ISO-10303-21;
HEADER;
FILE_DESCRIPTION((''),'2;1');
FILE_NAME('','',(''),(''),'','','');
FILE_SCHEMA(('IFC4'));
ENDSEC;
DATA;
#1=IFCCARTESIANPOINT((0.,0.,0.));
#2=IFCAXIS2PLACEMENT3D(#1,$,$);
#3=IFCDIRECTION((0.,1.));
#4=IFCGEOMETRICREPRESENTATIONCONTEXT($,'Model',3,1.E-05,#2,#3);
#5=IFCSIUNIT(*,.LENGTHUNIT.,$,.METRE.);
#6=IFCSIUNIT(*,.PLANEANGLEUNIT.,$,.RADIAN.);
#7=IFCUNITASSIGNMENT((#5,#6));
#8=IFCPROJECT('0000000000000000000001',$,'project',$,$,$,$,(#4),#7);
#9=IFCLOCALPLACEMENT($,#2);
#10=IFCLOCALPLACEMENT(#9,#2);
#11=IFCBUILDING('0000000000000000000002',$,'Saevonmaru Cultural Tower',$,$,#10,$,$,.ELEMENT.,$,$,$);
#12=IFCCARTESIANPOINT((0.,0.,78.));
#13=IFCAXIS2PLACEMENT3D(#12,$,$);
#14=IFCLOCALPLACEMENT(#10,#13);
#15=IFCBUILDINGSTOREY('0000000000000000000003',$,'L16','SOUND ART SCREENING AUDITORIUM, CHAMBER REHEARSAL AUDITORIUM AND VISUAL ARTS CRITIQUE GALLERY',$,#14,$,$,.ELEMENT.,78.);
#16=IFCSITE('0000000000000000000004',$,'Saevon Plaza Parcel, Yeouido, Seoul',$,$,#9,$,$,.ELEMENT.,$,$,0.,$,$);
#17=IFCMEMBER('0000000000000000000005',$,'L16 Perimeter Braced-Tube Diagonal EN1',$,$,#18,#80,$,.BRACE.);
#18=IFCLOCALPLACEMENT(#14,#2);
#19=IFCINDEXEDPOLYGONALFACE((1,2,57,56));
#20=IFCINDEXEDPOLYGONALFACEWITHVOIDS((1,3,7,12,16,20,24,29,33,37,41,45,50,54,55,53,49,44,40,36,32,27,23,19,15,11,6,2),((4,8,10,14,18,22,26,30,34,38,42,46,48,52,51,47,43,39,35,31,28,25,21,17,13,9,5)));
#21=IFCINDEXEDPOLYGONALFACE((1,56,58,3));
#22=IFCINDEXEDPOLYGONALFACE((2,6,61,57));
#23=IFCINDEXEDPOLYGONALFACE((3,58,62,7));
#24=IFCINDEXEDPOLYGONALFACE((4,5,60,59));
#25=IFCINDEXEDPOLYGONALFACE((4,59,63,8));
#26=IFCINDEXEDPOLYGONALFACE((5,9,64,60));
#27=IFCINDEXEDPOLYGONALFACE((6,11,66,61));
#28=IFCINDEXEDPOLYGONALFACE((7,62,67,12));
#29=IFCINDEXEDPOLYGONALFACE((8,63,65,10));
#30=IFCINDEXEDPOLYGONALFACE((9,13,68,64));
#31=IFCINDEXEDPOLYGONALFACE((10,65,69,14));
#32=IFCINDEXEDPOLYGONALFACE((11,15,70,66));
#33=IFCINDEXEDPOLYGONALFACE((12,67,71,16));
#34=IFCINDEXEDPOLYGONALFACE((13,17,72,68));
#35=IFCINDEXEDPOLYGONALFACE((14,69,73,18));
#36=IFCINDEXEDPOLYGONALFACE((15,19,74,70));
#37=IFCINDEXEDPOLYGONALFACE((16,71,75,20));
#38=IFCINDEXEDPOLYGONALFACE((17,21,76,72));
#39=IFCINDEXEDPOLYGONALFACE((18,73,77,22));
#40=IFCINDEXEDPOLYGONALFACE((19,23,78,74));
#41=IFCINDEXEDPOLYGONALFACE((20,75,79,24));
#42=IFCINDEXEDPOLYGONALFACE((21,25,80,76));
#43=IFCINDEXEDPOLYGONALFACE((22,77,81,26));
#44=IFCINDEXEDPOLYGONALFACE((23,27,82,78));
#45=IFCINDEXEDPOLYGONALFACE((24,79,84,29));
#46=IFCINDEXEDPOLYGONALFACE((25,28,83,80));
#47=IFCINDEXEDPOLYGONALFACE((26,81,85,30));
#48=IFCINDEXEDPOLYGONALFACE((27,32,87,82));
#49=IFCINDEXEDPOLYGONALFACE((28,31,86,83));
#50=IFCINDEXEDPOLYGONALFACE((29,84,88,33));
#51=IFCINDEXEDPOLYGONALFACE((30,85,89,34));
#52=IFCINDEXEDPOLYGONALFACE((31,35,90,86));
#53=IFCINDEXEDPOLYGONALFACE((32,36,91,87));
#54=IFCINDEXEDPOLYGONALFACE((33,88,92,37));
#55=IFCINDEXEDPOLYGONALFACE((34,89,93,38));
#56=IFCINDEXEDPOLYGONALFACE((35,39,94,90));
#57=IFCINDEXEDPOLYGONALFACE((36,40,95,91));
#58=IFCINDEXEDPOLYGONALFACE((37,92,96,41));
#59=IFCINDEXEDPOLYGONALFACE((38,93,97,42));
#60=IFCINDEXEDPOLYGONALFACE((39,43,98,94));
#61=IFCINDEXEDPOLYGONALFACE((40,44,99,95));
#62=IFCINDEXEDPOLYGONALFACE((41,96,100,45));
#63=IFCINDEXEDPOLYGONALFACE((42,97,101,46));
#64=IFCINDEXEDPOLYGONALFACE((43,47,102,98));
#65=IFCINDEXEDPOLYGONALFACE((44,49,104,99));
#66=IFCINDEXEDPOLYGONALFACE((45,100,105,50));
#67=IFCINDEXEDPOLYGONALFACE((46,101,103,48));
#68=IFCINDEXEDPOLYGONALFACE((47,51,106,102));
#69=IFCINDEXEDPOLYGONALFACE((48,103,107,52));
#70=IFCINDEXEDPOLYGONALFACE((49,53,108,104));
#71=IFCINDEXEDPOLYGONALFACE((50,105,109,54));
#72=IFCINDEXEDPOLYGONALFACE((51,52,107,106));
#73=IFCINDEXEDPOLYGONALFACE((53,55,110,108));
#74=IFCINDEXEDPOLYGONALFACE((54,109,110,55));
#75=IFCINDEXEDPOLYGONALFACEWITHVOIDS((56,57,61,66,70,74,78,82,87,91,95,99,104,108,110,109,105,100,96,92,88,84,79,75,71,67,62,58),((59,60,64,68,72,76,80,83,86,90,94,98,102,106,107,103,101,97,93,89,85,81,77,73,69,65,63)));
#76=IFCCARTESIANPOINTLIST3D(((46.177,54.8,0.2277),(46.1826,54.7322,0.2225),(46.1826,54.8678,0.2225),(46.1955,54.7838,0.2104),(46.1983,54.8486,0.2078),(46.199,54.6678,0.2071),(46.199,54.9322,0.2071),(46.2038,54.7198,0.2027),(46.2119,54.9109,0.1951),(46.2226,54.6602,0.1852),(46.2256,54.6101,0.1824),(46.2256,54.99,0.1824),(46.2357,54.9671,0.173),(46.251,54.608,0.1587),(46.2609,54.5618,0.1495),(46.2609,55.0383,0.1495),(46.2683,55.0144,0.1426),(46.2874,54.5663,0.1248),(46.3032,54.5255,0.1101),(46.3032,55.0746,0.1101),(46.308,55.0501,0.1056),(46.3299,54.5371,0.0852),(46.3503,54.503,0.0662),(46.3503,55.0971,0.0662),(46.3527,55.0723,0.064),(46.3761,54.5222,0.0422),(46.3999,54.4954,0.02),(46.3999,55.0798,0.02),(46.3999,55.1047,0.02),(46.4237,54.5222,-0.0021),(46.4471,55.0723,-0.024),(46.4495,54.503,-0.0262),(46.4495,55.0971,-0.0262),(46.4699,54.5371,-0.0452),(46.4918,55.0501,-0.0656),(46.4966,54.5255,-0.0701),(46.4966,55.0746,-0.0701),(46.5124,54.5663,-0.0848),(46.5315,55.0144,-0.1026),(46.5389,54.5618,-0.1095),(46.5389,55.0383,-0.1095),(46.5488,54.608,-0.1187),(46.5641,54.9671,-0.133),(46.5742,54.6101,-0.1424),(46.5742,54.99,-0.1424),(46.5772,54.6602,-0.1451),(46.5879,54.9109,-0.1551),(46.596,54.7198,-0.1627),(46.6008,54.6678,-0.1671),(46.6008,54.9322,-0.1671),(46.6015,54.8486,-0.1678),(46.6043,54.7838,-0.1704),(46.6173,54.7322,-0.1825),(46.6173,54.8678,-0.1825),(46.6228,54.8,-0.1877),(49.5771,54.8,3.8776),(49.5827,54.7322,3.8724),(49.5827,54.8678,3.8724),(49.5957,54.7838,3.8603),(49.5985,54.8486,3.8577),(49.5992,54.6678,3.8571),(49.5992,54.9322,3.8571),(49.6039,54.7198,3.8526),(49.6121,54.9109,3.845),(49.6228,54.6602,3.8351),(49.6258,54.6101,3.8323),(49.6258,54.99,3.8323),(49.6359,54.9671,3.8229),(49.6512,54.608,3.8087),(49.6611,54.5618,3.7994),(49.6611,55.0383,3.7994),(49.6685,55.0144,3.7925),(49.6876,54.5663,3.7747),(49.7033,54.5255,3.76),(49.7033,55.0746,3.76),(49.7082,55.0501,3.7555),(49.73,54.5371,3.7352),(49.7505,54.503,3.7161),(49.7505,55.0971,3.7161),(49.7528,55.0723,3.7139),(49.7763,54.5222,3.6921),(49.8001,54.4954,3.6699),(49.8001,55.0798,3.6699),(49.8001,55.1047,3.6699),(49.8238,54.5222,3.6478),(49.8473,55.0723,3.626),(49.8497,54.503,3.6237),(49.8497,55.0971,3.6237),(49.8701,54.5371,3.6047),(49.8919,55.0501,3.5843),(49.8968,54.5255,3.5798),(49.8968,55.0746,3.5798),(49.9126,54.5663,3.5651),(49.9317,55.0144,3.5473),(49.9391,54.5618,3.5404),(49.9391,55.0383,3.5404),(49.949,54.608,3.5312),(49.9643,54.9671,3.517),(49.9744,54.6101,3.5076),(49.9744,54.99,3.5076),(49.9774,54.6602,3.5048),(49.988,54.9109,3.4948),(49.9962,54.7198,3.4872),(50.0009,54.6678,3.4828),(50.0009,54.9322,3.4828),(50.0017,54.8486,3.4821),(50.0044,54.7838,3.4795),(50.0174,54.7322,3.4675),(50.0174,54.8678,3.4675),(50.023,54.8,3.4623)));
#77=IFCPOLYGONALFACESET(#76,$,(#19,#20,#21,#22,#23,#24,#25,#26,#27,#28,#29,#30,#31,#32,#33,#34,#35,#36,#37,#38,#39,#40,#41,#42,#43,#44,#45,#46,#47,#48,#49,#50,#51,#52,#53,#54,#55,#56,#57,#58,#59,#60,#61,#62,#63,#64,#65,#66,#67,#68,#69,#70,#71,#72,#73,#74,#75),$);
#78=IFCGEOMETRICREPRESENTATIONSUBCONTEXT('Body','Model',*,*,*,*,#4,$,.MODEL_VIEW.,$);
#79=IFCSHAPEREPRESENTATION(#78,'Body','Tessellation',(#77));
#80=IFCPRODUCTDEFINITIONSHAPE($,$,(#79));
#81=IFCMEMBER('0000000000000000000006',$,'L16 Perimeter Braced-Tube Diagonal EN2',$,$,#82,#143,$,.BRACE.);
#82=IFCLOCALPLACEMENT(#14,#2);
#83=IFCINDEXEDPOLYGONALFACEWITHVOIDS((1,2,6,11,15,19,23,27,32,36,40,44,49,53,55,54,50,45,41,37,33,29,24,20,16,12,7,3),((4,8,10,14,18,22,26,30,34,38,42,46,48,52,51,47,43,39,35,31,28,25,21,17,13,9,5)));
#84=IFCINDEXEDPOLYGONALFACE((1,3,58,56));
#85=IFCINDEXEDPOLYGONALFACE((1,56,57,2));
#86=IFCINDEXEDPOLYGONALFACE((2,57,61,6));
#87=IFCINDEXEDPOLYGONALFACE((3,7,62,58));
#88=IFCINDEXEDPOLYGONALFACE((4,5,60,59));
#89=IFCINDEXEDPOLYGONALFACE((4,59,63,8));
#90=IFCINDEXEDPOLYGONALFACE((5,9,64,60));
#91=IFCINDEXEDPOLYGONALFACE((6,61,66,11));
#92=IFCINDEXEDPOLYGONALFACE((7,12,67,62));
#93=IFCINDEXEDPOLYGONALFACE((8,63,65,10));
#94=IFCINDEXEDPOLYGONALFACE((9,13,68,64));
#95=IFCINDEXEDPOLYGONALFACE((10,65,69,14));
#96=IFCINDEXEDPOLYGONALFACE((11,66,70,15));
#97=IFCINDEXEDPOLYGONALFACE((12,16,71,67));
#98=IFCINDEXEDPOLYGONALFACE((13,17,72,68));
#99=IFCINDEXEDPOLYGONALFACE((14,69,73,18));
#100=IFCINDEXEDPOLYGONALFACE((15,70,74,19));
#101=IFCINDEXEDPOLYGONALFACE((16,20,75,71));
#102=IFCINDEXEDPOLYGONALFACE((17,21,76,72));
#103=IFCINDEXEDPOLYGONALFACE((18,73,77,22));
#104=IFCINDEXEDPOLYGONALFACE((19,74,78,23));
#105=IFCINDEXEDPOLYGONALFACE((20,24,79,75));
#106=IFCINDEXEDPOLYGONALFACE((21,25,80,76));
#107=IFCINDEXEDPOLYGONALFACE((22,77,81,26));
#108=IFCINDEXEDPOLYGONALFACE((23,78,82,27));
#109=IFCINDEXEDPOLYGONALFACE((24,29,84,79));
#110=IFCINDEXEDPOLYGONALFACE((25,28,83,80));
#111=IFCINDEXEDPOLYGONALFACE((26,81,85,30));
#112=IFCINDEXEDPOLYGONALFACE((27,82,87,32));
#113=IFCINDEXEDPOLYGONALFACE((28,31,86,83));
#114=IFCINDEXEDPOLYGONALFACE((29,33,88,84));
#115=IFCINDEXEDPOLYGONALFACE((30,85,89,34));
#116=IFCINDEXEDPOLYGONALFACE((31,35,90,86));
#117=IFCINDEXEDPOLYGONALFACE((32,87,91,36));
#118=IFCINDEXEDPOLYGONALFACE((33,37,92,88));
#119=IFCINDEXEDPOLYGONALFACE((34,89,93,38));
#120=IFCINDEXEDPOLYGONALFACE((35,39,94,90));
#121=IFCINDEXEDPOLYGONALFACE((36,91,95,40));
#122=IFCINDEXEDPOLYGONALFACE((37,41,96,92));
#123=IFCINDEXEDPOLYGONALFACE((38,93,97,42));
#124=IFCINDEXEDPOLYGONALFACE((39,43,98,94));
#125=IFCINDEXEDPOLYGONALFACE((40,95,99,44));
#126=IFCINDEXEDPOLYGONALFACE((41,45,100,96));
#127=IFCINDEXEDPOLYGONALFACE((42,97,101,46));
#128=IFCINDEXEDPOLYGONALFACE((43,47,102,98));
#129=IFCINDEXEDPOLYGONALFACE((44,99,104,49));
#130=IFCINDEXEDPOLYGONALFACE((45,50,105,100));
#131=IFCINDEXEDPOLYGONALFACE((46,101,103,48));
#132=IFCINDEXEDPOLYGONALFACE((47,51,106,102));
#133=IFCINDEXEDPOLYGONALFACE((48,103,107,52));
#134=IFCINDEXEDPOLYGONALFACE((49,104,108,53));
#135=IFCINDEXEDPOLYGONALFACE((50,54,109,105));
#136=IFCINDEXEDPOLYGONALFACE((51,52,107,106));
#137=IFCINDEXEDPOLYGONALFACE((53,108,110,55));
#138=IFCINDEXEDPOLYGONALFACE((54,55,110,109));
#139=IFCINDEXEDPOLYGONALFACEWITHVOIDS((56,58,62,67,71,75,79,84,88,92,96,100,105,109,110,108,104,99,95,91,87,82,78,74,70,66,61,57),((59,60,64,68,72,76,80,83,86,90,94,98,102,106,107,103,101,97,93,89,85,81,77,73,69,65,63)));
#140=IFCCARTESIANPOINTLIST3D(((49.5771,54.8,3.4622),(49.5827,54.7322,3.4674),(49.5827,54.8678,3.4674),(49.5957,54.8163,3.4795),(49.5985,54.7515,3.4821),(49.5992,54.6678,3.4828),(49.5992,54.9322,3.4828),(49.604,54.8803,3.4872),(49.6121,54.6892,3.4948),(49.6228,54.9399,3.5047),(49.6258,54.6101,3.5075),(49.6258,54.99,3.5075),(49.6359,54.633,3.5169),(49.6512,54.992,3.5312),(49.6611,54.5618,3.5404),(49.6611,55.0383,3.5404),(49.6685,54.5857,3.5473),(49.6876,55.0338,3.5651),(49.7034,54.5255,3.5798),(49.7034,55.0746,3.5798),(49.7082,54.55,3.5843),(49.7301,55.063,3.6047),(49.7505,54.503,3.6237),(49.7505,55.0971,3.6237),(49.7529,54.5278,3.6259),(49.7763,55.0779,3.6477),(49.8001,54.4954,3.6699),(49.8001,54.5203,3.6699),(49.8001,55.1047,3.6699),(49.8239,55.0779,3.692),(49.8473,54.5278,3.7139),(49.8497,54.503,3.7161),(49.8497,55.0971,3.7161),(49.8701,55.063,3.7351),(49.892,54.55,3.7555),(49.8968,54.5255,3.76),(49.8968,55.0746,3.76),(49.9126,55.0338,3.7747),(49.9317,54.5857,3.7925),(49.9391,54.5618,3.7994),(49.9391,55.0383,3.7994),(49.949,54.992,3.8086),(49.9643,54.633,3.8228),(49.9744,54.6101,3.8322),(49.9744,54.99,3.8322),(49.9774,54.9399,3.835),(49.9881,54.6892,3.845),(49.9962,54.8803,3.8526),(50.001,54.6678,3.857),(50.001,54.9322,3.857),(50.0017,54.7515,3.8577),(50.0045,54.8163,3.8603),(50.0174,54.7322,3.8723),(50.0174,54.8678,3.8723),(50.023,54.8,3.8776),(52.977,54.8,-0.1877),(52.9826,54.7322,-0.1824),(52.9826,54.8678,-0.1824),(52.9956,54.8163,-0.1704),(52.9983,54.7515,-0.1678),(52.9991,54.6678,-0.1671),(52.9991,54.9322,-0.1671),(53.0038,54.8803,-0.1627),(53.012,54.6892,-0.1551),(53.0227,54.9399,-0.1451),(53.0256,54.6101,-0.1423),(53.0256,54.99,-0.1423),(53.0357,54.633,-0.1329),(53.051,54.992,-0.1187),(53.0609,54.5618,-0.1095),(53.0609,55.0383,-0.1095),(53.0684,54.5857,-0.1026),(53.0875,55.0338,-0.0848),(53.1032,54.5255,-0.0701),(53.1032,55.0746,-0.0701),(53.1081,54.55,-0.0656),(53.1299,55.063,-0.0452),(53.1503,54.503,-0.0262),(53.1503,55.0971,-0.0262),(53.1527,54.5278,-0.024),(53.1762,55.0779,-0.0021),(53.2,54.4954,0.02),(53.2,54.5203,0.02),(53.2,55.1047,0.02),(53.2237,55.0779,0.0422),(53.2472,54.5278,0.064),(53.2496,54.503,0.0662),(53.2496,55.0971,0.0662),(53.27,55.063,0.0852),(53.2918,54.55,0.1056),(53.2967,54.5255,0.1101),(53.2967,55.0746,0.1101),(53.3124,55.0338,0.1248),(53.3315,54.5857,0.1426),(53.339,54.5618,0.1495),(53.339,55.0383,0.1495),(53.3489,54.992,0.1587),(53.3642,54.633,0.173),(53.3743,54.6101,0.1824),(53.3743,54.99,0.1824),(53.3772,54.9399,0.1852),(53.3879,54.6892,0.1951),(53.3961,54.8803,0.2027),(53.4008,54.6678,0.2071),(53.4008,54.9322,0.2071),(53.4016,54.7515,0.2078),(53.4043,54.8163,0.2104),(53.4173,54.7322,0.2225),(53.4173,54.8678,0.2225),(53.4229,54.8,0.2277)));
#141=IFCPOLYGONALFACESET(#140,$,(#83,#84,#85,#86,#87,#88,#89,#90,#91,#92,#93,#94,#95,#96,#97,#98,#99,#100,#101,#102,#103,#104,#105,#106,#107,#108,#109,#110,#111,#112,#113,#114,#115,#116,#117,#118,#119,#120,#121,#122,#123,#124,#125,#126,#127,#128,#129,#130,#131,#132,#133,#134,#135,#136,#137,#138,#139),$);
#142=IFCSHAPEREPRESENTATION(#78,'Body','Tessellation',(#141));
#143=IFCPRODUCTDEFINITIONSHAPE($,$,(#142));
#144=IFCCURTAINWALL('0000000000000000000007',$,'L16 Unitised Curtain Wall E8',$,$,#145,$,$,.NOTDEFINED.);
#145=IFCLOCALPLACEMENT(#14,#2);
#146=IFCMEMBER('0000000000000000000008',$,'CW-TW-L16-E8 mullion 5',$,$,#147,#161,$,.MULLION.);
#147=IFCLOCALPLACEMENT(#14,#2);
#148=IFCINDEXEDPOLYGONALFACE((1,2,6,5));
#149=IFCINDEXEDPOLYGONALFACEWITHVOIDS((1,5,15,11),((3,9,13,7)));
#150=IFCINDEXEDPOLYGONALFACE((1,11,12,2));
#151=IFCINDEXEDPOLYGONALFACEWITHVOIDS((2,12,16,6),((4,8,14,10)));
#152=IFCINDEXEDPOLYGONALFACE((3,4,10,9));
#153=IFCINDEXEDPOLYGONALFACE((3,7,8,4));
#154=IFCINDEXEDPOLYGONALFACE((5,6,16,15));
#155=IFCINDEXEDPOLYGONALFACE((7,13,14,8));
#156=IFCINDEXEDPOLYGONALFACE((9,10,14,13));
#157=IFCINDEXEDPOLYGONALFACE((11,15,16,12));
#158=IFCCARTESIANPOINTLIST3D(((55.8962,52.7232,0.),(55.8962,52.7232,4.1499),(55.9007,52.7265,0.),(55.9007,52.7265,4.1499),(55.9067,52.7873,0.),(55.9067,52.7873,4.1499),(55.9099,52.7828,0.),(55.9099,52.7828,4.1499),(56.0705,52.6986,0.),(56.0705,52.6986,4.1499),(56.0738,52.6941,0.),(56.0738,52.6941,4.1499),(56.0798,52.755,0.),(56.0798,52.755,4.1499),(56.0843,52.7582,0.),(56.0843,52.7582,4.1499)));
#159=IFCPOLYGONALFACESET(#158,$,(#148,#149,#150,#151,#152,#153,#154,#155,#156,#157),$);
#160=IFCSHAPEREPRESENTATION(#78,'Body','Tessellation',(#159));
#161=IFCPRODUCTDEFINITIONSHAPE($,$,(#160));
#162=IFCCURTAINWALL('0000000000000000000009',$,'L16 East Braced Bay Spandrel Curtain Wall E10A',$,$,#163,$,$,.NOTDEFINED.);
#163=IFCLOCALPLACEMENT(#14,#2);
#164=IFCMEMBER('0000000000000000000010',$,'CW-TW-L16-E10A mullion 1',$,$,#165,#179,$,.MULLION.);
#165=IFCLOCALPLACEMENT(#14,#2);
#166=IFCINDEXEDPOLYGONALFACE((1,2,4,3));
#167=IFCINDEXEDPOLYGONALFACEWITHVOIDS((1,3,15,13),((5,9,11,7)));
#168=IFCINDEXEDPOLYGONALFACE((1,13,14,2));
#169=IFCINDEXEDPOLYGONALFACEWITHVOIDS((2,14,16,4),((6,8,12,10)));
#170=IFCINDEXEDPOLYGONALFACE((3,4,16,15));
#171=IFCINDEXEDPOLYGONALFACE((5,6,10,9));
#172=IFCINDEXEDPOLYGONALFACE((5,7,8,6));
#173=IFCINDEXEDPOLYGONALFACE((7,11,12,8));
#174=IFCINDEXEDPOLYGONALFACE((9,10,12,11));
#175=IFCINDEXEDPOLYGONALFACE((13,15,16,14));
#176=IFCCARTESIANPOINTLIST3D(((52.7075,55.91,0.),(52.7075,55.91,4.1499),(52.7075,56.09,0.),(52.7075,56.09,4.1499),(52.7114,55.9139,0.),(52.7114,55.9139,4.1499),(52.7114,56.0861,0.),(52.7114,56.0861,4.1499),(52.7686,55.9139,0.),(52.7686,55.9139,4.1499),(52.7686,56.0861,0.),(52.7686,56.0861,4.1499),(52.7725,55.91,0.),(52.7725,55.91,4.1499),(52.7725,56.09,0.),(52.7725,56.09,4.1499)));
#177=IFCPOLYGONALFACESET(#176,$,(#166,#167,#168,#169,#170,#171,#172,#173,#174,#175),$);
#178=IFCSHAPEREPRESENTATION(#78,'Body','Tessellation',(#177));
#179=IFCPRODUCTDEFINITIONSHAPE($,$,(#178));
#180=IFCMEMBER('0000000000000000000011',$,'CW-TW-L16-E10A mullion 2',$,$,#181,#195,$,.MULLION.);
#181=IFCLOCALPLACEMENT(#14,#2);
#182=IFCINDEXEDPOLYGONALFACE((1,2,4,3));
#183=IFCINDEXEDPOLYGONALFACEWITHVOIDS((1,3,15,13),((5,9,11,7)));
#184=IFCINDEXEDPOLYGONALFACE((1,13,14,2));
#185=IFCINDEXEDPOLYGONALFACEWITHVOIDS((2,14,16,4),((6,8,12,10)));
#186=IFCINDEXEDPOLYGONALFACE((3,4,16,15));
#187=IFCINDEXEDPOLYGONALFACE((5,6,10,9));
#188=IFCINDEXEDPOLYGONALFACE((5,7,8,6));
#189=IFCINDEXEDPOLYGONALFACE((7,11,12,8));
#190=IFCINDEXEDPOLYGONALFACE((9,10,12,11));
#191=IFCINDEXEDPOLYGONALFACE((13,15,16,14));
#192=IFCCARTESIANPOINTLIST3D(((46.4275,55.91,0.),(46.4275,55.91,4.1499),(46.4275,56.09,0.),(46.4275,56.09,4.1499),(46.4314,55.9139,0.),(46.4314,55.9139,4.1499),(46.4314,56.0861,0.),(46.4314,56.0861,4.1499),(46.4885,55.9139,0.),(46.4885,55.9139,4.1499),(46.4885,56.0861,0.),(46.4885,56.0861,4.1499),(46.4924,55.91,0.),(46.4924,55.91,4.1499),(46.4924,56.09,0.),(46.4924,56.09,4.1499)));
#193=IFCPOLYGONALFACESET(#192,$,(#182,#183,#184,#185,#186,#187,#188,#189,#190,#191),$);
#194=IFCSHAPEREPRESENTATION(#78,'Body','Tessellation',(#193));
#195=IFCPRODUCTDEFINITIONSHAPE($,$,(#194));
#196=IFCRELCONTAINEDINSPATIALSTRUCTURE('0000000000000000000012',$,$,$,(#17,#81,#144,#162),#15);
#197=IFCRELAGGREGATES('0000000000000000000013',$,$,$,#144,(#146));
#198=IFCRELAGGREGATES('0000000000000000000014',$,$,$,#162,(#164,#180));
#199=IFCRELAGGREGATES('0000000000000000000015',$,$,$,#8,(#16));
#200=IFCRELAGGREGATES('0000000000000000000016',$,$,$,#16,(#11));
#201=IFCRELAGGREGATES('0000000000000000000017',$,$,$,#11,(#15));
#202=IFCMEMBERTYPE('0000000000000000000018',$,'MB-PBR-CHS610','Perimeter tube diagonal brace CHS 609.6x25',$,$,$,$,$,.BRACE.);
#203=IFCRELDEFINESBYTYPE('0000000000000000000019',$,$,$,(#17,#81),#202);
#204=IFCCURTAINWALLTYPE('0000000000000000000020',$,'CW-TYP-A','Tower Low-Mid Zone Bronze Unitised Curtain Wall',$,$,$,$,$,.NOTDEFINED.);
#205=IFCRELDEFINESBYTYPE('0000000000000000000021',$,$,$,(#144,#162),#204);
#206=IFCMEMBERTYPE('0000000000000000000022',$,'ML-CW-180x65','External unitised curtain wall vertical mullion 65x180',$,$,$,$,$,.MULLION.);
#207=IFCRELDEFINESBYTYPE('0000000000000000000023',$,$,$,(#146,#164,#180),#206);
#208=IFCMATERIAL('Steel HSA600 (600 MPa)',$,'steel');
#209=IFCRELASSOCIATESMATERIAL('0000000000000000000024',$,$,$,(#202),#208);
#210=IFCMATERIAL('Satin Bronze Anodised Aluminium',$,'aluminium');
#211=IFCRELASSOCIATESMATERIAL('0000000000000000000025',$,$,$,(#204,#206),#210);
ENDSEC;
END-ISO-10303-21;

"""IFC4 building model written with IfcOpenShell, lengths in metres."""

from ifc_helpers import new_model, si_unit, direction, frame, origin, origin_2d, place, context, subcontext, project, spatial, hollow_rectangle, hollow_circle, extrude, material, material_profile, profile_set, type_object, element, aggregate, save


model = new_model("IFC4")

# Units and contexts
model_context = context("Model", 3, precision=1e-05, world=origin(), true_north=direction((0.0, 1.0)))
body_context = subcontext(model_context, "Body", "Model", "MODEL_VIEW")
ifc_project = project(units=[si_unit("LENGTHUNIT", "METRE"), si_unit("PLANEANGLEUNIT", "RADIAN")], contexts=[model_context])

# Site, building, storey
site_placement = place(None, origin())
site = spatial("IfcSite", under=ifc_project, at=site_placement, Name="Saevon Plaza Parcel, Yeouido, Seoul", CompositionType="ELEMENT", RefElevation=0.0)
building_placement = place(site_placement, origin())
building = spatial("IfcBuilding", under=site, at=building_placement, Name="Saevonmaru Cultural Tower", CompositionType="ELEMENT")
storey_placement = place(building_placement, frame((0.0, 0.0, 78.0)))
storey = spatial("IfcBuildingStorey", under=building, at=storey_placement, Name="L16", Description="SOUND ART SCREENING AUDITORIUM, CHAMBER REHEARSAL AUDITORIUM AND VISUAL ARTS CRITIQUE GALLERY", CompositionType="ELEMENT", Elevation=78.0)

# Shared definitions
ifc_material_1 = material(Name="Steel HSA600 (600 MPa)", Category="steel")

# Members
ifc_material_profile_1 = material_profile(ifc_material_1, hollow_circle(Radius=0.3047, WallThickness=0.0249, at=origin_2d()), Name="CHS-609.6x25")
ifc_profile_set_1 = profile_set([ifc_material_profile_1], Name="Steel HSA600 (600 MPa)")
member_type_1 = type_object("IfcMemberType", Name="MB-PBR-CHS610", Description="Perimeter tube diagonal brace CHS 609.6x25", PredefinedType="BRACE", material=ifc_profile_set_1)
member_1_placement = place(storey_placement, frame((46.3999, 54.8, 0.02), z_axis=(0.681629, 0.0, 0.731698), x_axis=(0.0, 1.0, 0.0)))
element("IfcMember", 1, at=member_1_placement, inside=storey, type_object=member_type_1, Name="L16 Perimeter Braced-Tube Diagonal EN1", PredefinedType="BRACE", context=body_context, shape_type="SweptSolid", body=[
    extrude(hollow_circle(Radius=0.3047, WallThickness=0.0249, at=origin_2d()), origin(), (0.0, 0.0, 1.0), 4.9883),
])
member_2_placement = place(storey_placement, frame((53.2, 54.8, 0.02), z_axis=(-0.681603, 0.0, 0.731722), x_axis=(0.0, -1.0, 0.0)))
element("IfcMember", 2, at=member_2_placement, inside=storey, type_object=member_type_1, Name="L16 Perimeter Braced-Tube Diagonal EN2", PredefinedType="BRACE", context=body_context, shape_type="SweptSolid", body=[
    extrude(hollow_circle(Radius=0.3047, WallThickness=0.0249, at=origin_2d()), origin(), (0.0, 0.0, 1.0), 4.988),
])

# Curtain wall, member
ifc_material_2 = material(Name="Satin Bronze Anodised Aluminium", Category="aluminium")
curtain_wall_type = type_object("IfcCurtainWallType", Name="CW-TYP-A", Description="Tower Low-Mid Zone Bronze Unitised Curtain Wall", PredefinedType="NOTDEFINED", material=ifc_material_2)
curtain_wall_1_placement = place(storey_placement, origin())
curtain_wall_1 = element("IfcCurtainWall", 3, at=curtain_wall_1_placement, inside=storey, type_object=curtain_wall_type, Name="L16 Unitised Curtain Wall E8", PredefinedType="NOTDEFINED")
ifc_material_profile_2 = material_profile(ifc_material_2, hollow_rectangle(XDim=0.0649, YDim=0.1799, WallThickness=0.0039, at=origin_2d()), Name="ALU-MULL-180x65x4")
ifc_profile_set_2 = profile_set([ifc_material_profile_2], Name="Satin Bronze Anodised Aluminium")
member_type_2 = type_object("IfcMemberType", Name="ML-CW-180x65", Description="External unitised curtain wall vertical mullion 65x180", PredefinedType="MULLION", material=ifc_profile_set_2)
member_3_placement = place(storey_placement, frame((55.9902, 52.7407, 0.0), z_axis=(0.0, 0.0, 1.0), x_axis=(0.161709, 0.986839, 0.0)))
member_3 = element("IfcMember", 4, at=member_3_placement, type_object=member_type_2, Name="CW-TW-L16-E8 mullion 5", PredefinedType="MULLION", context=body_context, shape_type="SweptSolid", body=[
    extrude(hollow_rectangle(XDim=0.0649, YDim=0.1799, WallThickness=0.0039, at=origin_2d()), origin(), (0.0, 0.0, 1.0), 4.1499),
])

# Curtain wall, members
curtain_wall_2_placement = place(storey_placement, origin())
curtain_wall_2 = element("IfcCurtainWall", 5, at=curtain_wall_2_placement, inside=storey, type_object=curtain_wall_type, Name="L16 East Braced Bay Spandrel Curtain Wall E10A", PredefinedType="NOTDEFINED")
member_4_placement = place(storey_placement, frame((52.74, 56.0, 0.0), z_axis=(0.0, 0.0, 1.0), x_axis=(-1.0, 0.0, 0.0)))
member_4 = element("IfcMember", 6, at=member_4_placement, type_object=member_type_2, Name="CW-TW-L16-E10A mullion 1", PredefinedType="MULLION", context=body_context, shape_type="SweptSolid", body=[
    extrude(hollow_rectangle(XDim=0.0649, YDim=0.1799, WallThickness=0.0039, at=origin_2d()), origin(), (0.0, 0.0, 1.0), 4.1499),
])
member_5_placement = place(storey_placement, frame((46.46, 56.0, 0.0), z_axis=(0.0, 0.0, 1.0), x_axis=(-1.0, 0.0, 0.0)))
member_5 = element("IfcMember", 7, at=member_5_placement, type_object=member_type_2, Name="CW-TW-L16-E10A mullion 2", PredefinedType="MULLION", context=body_context, shape_type="SweptSolid", body=[
    extrude(hollow_rectangle(XDim=0.0649, YDim=0.1799, WallThickness=0.0039, at=origin_2d()), origin(), (0.0, 0.0, 1.0), 4.1499),
])

aggregate(curtain_wall_1, [member_3])
aggregate(curtain_wall_2, [member_4, member_5])

save(model, "model.ifc")
